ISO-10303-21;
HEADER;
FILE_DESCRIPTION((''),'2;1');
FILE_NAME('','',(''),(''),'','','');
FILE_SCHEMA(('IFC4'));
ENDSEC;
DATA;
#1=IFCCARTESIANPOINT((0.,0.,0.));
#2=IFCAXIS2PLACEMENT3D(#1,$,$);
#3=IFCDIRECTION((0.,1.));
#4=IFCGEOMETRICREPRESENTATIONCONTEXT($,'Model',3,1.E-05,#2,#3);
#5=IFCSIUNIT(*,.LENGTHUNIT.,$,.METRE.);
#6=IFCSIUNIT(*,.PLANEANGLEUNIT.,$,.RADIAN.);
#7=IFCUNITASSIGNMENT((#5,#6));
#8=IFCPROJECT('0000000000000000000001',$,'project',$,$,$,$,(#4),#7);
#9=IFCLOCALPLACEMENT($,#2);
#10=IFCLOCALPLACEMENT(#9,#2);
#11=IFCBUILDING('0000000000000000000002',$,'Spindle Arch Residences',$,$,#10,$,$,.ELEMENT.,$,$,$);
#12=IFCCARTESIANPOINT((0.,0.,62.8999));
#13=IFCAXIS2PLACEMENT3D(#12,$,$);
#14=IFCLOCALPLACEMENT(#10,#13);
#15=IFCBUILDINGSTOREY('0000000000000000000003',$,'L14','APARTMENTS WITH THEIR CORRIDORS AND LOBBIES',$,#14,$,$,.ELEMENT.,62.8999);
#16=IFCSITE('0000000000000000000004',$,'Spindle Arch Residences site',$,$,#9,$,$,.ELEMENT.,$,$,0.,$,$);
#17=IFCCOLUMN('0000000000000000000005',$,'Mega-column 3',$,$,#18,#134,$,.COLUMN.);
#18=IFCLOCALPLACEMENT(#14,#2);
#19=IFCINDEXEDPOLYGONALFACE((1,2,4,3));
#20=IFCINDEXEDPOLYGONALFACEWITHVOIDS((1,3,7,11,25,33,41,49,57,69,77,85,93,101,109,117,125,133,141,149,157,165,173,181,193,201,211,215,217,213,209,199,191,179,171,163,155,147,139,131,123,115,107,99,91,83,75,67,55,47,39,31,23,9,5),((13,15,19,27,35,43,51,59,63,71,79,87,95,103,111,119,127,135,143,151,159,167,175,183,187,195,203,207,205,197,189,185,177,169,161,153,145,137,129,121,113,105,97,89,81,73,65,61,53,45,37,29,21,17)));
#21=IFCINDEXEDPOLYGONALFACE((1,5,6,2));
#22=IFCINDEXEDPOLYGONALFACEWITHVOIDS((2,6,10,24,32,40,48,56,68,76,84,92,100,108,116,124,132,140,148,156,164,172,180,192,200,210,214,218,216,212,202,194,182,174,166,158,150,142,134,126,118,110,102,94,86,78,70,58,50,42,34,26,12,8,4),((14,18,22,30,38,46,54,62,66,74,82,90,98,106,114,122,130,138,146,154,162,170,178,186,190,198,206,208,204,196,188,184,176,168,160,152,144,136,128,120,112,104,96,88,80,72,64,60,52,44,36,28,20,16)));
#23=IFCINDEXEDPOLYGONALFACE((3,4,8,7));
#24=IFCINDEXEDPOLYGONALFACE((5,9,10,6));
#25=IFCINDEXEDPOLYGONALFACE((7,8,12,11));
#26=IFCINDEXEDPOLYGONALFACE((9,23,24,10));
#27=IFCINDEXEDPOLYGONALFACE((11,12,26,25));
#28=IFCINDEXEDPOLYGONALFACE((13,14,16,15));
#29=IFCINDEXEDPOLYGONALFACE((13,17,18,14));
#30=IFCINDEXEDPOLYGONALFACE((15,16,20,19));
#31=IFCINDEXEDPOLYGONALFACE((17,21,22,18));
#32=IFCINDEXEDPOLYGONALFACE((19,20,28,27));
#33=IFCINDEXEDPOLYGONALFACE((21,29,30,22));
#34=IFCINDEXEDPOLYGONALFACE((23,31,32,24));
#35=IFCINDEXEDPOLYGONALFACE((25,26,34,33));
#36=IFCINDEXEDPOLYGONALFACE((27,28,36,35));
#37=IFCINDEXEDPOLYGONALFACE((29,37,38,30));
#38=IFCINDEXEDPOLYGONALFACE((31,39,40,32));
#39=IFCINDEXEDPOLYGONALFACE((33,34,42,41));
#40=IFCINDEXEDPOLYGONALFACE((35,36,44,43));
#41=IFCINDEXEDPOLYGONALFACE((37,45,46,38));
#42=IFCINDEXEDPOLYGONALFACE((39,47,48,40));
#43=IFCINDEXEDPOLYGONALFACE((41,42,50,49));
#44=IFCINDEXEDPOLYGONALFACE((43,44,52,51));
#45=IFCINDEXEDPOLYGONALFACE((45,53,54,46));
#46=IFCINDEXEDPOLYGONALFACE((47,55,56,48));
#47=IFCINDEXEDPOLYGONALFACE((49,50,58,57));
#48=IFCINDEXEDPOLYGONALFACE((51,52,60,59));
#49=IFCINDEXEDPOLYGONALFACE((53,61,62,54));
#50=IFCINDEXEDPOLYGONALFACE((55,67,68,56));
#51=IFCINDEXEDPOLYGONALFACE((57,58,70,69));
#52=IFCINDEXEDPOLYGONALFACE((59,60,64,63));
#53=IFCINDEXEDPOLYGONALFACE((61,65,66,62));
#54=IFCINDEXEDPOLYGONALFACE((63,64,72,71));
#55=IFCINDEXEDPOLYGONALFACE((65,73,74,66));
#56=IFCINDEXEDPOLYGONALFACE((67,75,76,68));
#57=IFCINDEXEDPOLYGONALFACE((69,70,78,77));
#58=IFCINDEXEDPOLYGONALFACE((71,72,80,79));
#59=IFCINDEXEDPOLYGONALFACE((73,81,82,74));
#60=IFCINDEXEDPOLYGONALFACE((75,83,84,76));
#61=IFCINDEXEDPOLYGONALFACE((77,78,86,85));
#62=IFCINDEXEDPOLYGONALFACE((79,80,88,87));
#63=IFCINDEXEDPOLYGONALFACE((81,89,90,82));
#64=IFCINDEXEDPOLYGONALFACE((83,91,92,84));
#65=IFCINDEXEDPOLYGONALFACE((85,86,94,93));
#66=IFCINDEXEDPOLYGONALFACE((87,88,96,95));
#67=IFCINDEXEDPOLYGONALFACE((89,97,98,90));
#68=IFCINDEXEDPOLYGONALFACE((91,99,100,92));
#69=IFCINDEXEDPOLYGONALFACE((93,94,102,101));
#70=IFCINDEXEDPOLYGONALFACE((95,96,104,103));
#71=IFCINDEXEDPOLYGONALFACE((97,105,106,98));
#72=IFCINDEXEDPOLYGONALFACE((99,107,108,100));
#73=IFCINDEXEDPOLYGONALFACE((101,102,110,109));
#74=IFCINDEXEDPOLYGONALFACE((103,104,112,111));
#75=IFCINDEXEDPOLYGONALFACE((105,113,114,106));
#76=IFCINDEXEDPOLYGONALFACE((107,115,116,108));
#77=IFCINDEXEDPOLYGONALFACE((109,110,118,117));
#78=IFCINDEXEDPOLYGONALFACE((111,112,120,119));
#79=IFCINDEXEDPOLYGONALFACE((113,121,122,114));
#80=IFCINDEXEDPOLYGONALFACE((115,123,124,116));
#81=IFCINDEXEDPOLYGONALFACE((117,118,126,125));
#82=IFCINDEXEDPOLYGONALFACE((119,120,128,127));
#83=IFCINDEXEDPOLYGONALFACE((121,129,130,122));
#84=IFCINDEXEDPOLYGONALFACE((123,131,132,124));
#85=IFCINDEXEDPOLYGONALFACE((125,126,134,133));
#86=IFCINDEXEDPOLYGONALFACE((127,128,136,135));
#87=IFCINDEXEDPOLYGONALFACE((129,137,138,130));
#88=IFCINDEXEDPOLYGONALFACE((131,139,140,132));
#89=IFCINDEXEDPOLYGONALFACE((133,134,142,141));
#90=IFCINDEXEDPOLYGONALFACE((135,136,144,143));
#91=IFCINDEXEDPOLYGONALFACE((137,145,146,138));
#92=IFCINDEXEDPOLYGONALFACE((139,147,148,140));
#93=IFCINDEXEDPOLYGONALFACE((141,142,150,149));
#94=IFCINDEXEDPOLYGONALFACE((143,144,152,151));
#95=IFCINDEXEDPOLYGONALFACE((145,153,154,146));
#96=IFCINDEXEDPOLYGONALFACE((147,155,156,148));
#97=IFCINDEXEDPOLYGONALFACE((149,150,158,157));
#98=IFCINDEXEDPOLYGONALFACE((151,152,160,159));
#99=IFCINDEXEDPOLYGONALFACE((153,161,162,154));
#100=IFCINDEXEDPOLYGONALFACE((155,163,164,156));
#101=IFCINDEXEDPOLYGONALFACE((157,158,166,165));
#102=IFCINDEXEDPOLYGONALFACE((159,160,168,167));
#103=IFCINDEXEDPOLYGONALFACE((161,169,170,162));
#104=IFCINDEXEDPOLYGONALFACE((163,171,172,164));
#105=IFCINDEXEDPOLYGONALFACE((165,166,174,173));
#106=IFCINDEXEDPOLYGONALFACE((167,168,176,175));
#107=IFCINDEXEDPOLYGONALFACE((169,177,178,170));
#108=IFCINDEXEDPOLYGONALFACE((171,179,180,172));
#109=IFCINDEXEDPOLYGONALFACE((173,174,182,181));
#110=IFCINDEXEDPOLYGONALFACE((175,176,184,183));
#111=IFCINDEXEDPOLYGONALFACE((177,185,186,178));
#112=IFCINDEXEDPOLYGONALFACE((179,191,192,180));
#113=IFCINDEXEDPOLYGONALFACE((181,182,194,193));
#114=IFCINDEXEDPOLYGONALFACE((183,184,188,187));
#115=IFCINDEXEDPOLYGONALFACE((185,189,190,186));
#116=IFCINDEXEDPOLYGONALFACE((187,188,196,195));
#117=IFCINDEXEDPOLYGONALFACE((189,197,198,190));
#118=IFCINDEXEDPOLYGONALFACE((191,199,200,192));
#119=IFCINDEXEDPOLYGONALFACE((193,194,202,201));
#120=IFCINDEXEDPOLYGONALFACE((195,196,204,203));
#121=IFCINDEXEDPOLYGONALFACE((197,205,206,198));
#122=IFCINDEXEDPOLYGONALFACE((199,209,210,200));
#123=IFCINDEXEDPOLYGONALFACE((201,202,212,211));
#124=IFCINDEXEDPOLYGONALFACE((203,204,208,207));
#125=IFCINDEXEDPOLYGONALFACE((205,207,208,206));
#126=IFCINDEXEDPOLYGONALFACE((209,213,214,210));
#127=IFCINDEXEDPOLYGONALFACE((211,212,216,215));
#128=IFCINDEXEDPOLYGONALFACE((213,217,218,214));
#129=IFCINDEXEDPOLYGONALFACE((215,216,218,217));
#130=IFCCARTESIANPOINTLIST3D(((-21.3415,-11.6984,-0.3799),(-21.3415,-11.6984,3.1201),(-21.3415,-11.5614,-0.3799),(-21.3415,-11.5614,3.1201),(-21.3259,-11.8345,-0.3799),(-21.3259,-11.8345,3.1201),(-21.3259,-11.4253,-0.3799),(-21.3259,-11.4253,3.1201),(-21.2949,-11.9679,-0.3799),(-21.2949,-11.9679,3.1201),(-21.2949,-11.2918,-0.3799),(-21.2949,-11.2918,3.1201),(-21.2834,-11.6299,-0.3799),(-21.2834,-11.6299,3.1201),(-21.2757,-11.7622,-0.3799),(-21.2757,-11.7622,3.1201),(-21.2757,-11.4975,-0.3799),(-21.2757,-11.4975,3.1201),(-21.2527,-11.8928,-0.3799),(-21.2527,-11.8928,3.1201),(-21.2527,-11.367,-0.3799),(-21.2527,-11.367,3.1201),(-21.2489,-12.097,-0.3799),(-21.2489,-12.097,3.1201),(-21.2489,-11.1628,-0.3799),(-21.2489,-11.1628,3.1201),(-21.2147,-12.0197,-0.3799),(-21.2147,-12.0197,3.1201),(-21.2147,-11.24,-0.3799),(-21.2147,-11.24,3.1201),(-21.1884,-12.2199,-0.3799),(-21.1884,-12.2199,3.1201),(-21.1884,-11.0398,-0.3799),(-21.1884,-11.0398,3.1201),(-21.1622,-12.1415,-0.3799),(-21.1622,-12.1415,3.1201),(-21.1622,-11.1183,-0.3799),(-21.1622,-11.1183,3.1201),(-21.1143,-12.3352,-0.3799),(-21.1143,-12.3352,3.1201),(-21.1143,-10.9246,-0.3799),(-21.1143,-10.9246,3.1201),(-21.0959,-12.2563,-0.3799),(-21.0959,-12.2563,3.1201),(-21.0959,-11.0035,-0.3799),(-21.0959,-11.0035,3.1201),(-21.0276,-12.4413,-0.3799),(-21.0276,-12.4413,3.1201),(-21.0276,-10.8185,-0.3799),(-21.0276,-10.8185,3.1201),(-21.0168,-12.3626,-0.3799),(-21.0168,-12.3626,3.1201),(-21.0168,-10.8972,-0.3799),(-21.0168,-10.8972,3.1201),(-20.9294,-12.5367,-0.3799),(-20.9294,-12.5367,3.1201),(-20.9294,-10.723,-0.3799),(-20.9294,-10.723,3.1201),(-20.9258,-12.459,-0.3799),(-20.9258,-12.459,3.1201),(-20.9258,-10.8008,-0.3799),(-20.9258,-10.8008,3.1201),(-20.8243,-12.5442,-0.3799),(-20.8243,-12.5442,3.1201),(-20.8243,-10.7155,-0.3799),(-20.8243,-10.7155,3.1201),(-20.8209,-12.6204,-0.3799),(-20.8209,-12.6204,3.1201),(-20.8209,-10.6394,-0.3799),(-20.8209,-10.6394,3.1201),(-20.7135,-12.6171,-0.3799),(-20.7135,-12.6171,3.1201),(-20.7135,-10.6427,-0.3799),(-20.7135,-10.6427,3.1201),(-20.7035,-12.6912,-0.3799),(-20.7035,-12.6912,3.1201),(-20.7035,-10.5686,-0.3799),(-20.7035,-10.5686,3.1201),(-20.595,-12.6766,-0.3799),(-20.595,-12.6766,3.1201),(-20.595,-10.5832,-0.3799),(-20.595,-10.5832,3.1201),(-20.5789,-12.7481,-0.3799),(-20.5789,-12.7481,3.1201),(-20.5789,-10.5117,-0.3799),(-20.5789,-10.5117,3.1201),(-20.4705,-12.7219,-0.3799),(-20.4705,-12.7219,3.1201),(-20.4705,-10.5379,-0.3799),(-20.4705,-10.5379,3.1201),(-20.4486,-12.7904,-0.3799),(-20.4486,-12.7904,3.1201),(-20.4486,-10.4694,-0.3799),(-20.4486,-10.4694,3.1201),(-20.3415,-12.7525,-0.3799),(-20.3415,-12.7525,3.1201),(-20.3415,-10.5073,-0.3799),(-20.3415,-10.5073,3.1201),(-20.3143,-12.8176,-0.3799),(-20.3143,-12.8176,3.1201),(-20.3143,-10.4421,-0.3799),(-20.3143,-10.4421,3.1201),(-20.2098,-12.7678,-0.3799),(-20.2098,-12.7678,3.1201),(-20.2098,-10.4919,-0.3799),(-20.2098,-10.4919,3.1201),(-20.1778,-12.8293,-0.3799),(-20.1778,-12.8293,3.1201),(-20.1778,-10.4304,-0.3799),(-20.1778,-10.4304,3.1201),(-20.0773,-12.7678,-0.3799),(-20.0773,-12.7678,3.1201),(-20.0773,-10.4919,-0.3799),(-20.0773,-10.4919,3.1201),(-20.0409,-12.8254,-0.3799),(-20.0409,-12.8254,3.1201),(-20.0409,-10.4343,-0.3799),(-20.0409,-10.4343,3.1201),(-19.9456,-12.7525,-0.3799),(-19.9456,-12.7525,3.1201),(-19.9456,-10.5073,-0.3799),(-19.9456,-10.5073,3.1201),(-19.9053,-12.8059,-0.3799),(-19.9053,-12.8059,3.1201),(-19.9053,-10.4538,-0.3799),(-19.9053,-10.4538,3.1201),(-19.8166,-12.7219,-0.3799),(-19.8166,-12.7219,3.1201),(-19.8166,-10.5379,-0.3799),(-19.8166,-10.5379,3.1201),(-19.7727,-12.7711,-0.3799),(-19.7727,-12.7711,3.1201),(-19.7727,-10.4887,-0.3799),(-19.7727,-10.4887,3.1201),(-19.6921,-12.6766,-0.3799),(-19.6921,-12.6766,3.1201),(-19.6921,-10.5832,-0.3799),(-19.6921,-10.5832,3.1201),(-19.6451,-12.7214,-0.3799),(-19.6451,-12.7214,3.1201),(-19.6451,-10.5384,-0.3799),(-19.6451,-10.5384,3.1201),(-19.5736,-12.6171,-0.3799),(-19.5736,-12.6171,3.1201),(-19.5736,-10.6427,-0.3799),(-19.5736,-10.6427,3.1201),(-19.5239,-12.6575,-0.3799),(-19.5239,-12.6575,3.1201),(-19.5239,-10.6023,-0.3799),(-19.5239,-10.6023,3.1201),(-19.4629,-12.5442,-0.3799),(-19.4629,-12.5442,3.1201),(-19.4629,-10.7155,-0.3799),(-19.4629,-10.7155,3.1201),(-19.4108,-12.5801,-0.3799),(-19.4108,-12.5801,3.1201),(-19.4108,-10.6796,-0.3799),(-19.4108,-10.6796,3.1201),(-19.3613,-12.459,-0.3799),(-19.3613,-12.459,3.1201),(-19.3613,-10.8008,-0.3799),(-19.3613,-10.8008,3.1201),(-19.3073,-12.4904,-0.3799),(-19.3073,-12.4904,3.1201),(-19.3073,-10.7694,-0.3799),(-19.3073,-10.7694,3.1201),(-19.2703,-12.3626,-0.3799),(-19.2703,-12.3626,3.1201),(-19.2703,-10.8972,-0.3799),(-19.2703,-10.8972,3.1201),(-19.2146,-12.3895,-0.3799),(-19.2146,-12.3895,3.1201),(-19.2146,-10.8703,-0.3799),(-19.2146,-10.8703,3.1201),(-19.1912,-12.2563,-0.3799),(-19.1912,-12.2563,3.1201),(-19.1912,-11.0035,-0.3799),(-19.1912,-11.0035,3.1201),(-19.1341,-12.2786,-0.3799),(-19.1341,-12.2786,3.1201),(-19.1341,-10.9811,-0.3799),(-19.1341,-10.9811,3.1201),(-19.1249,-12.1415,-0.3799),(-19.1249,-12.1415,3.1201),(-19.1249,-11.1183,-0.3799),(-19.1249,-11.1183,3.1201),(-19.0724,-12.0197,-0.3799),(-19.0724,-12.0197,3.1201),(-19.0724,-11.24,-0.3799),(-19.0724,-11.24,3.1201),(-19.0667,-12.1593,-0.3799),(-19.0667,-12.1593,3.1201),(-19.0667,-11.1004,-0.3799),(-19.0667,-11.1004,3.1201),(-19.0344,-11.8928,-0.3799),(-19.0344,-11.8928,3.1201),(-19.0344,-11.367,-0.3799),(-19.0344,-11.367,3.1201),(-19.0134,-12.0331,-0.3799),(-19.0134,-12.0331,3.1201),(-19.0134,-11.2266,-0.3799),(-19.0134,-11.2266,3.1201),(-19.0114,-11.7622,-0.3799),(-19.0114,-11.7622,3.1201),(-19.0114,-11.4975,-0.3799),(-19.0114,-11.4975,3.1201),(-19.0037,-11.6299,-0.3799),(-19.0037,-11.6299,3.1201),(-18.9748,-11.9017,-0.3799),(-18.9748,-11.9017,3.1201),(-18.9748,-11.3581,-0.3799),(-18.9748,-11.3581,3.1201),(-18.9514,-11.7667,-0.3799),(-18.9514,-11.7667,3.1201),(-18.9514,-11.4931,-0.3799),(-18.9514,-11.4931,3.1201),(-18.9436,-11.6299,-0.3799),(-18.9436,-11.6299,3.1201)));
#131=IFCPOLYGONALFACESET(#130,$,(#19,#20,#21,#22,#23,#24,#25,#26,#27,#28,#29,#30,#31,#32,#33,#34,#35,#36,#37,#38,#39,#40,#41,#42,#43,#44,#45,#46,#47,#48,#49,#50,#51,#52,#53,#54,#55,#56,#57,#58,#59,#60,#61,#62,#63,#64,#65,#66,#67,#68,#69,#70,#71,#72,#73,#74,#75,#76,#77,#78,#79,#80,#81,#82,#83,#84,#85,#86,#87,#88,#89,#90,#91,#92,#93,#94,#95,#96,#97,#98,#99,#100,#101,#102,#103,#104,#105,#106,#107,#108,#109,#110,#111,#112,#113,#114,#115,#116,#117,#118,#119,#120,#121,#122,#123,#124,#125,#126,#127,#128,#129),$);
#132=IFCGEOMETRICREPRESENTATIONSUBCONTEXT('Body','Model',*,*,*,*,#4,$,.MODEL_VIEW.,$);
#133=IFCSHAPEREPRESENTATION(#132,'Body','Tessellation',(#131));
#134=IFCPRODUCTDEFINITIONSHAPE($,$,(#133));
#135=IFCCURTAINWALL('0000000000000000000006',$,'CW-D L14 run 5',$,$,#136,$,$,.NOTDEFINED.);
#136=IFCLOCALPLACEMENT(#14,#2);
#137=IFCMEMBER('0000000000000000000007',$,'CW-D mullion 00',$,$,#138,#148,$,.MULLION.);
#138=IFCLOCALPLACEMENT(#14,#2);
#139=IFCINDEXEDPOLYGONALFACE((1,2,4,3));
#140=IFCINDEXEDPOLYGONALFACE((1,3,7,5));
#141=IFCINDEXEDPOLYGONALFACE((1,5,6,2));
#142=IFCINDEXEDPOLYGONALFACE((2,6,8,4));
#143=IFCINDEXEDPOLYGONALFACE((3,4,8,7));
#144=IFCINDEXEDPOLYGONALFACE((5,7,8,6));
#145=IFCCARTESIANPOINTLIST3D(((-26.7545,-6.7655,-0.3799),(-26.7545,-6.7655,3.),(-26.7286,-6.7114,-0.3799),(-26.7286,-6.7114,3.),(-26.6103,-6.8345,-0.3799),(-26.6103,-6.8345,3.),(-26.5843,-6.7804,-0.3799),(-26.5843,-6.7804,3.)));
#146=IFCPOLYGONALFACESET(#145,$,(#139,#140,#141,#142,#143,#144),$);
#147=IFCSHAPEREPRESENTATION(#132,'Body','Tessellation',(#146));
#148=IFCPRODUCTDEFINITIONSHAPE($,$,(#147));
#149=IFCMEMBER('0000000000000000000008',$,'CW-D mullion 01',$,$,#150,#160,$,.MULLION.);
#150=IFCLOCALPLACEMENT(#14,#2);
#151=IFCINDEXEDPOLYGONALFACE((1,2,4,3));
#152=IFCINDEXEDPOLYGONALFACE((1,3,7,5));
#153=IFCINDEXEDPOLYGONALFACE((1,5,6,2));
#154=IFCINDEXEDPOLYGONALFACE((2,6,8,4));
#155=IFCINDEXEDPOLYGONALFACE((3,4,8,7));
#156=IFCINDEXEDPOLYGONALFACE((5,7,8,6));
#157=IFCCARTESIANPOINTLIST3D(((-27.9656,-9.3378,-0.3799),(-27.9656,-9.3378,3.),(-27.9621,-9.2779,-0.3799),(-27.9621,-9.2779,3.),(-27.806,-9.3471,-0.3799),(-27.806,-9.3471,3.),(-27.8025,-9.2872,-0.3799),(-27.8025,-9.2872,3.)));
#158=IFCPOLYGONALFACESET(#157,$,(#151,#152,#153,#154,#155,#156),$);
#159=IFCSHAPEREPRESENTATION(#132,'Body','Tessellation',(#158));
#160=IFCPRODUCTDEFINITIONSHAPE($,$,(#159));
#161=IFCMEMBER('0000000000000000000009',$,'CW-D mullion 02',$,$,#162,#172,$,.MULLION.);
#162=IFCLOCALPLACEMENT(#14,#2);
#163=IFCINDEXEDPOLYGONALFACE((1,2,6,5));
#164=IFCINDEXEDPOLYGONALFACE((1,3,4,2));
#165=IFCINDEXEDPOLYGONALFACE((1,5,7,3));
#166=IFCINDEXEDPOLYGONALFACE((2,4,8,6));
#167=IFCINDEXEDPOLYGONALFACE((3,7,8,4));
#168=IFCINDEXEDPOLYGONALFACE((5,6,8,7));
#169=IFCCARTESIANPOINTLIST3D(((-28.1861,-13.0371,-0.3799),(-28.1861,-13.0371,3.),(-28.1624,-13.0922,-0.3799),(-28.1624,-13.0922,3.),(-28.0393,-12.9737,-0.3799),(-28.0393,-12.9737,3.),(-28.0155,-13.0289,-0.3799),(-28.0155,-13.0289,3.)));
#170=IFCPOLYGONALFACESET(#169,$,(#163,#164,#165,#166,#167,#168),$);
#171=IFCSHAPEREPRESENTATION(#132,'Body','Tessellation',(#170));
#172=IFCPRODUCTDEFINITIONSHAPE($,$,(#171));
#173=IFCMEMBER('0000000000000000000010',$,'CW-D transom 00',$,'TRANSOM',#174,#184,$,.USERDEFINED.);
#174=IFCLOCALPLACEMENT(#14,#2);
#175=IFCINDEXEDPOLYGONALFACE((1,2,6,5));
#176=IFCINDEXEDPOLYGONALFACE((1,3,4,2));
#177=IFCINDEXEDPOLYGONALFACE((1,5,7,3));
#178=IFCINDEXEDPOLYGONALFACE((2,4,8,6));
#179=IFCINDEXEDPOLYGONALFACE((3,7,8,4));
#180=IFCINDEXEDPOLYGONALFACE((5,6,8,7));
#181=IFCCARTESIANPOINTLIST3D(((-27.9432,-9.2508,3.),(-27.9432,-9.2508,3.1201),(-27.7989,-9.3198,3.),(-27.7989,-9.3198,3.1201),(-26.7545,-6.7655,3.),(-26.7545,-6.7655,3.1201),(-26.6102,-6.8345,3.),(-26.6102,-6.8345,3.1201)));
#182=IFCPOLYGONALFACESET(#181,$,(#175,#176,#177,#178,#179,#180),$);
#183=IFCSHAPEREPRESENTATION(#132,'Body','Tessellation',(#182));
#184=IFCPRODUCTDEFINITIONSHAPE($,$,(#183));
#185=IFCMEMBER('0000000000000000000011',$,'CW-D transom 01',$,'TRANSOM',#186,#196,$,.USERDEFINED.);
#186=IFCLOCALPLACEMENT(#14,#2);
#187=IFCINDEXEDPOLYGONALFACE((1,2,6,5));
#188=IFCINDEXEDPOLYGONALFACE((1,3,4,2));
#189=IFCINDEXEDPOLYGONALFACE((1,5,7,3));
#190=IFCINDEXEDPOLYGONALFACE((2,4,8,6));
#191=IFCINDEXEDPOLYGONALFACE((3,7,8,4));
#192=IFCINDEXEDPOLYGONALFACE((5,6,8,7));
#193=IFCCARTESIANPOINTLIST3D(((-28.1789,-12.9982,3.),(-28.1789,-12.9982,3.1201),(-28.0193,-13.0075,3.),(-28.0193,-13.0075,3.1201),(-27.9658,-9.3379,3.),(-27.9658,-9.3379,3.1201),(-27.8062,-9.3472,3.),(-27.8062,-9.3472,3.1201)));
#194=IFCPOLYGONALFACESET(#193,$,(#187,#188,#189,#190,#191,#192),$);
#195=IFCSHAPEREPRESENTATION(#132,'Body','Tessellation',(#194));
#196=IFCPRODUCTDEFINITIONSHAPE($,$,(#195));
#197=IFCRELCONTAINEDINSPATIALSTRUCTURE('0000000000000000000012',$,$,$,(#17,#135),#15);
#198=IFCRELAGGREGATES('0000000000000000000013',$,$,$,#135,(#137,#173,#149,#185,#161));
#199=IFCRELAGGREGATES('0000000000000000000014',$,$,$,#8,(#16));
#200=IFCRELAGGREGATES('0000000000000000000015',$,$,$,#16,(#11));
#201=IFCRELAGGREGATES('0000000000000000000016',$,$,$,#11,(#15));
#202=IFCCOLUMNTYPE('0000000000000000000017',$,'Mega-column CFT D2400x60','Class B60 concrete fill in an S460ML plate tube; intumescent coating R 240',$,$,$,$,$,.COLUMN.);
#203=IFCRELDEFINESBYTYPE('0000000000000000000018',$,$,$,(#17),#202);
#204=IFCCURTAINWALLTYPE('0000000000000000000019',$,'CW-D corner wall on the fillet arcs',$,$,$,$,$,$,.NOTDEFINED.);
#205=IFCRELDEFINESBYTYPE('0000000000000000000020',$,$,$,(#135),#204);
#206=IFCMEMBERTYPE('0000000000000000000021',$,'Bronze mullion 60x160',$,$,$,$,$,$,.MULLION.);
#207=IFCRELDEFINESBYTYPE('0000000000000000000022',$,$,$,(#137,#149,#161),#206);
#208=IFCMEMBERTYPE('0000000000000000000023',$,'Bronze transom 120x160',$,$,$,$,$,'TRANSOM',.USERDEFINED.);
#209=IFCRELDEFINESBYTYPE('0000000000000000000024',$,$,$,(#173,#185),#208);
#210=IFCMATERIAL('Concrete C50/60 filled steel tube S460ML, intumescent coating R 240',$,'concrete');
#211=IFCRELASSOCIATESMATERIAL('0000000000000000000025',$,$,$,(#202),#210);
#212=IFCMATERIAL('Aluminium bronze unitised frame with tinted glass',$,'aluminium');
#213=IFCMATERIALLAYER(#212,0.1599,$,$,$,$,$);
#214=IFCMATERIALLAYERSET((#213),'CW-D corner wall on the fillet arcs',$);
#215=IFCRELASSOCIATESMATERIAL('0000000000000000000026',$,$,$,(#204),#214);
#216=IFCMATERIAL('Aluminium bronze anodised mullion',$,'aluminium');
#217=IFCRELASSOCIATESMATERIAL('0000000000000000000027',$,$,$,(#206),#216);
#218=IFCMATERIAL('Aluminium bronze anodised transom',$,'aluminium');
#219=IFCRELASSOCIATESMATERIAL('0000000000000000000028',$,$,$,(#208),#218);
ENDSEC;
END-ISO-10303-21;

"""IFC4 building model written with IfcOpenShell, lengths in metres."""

from ifc_helpers import new_model, si_unit, direction, frame, origin, origin_2d, place, context, subcontext, project, spatial, rectangle, hollow_circle, extrude, material, layer, layer_set, material_profile, profile_set, type_object, element, aggregate, save


model = new_model("IFC4")

# Units and contexts
model_context = context("Model", 3, precision=1e-05, world=origin(), true_north=direction((0.0, 1.0)))
body_context = subcontext(model_context, "Body", "Model", "MODEL_VIEW")
ifc_project = project(units=[si_unit("LENGTHUNIT", "METRE"), si_unit("PLANEANGLEUNIT", "RADIAN")], contexts=[model_context])

# Site, building, storey
site_placement = place(None, origin())
site = spatial("IfcSite", under=ifc_project, at=site_placement, Name="Spindle Arch Residences site", CompositionType="ELEMENT", RefElevation=0.0)
building_placement = place(site_placement, origin())
building = spatial("IfcBuilding", under=site, at=building_placement, Name="Spindle Arch Residences", CompositionType="ELEMENT")
storey_placement = place(building_placement, frame((0.0, 0.0, 62.8999)))
storey = spatial("IfcBuildingStorey", under=building, at=storey_placement, Name="L14", Description="APARTMENTS WITH THEIR CORRIDORS AND LOBBIES", CompositionType="ELEMENT", Elevation=62.8999)

# Column
ifc_material_1 = material(Name="Concrete C50/60 filled steel tube S460ML, intumescent coating R 240", Category="concrete")
ifc_material_profile_1 = material_profile(ifc_material_1, hollow_circle(Radius=1.2, WallThickness=0.0601, at=origin_2d()), Name="CFT D2400x60")
ifc_profile_set_1 = profile_set([ifc_material_profile_1], Name="Concrete C50/60 filled steel tube S460ML, intumescent coating R 240")
column_type_1 = type_object("IfcColumnType", Name="Mega-column CFT D2400x60", Description="Class B60 concrete fill in an S460ML plate tube; intumescent coating R 240", PredefinedType="COLUMN", material=ifc_profile_set_1)
column_placement = place(storey_placement, frame((-20.1436, -11.6299, -0.3799), z_axis=(0.0, 0.0, 1.0), x_axis=(1.0, 0.0, 0.0)))
element("IfcColumn", 1, at=column_placement, inside=storey, type_object=column_type_1, Name="Mega-column 3", PredefinedType="COLUMN", context=body_context, shape_type="SweptSolid", body=[
    extrude(hollow_circle(Radius=1.2, WallThickness=0.0601, at=origin_2d()), origin(), (0.0, 0.0, 1.0), 3.5),
])

# Curtain wall, members
ifc_material_2 = material(Name="Aluminium bronze unitised frame with tinted glass", Category="aluminium")
ifc_layer_1 = layer(ifc_material_2, 0.1599)
ifc_layer_set_1 = layer_set([ifc_layer_1], Name="CW-D corner wall on the fillet arcs")
curtain_wall_type_1 = type_object("IfcCurtainWallType", Name="CW-D corner wall on the fillet arcs", PredefinedType="NOTDEFINED", material=ifc_layer_set_1)
curtain_wall_1_placement = place(storey_placement, origin())
curtain_wall_1 = element("IfcCurtainWall", 2, at=curtain_wall_1_placement, inside=storey, type_object=curtain_wall_type_1, Name="CW-D L14 run 5", PredefinedType="NOTDEFINED")
ifc_material_3 = material(Name="Aluminium bronze anodised mullion", Category="aluminium")
ifc_material_profile_2 = material_profile(ifc_material_3, rectangle(XDim=0.1599, YDim=0.0601, at=origin_2d()), Name="MU 60x160")
ifc_profile_set_2 = profile_set([ifc_material_profile_2], Name="Aluminium bronze anodised mullion")
member_type_1 = type_object("IfcMemberType", Name="Bronze mullion 60x160", PredefinedType="MULLION", material=ifc_profile_set_2)
member_1_placement = place(storey_placement, frame((-26.6694, -6.7729, -0.3799), z_axis=(0.0, 0.0, 1.0), x_axis=(0.902112, -0.431502, 0.0)))
member_1 = element("IfcMember", 3, at=member_1_placement, type_object=member_type_1, Name="CW-D mullion 00", PredefinedType="MULLION", context=body_context, shape_type="SweptSolid", body=[
    extrude(rectangle(XDim=0.1599, YDim=0.0601, at=origin_2d()), origin(), (0.0, 0.0, 1.0), 3.3799),
])
member_2_placement = place(storey_placement, frame((-27.884, -9.3125, -0.3799), z_axis=(0.0, 0.0, 1.0), x_axis=(0.998308, -0.058145, 0.0)))
member_2 = element("IfcMember", 4, at=member_2_placement, type_object=member_type_1, Name="CW-D mullion 01", PredefinedType="MULLION", context=body_context, shape_type="SweptSolid", body=[
    extrude(rectangle(XDim=0.1599, YDim=0.0601, at=origin_2d()), origin(), (0.0, 0.0, 1.0), 3.3799),
])
member_3_placement = place(storey_placement, frame((-28.1008, -13.033, -0.3799), z_axis=(0.0, 0.0, 1.0), x_axis=(0.918216, 0.39608, 0.0)))
member_3 = element("IfcMember", 5, at=member_3_placement, type_object=member_type_1, Name="CW-D mullion 02", PredefinedType="MULLION", context=body_context, shape_type="SweptSolid", body=[
    extrude(rectangle(XDim=0.1599, YDim=0.0601, at=origin_2d()), origin(), (0.0, 0.0, 1.0), 3.3799),
])
ifc_material_4 = material(Name="Aluminium bronze anodised transom", Category="aluminium")
ifc_material_profile_3 = material_profile(ifc_material_4, rectangle(XDim=0.1599, YDim=0.1201, at=origin_2d()), Name="TR 120x160")
ifc_profile_set_3 = profile_set([ifc_material_profile_3], Name="Aluminium bronze anodised transom")
member_type_2 = type_object("IfcMemberType", Name="Bronze transom 120x160", ElementType="TRANSOM", PredefinedType="USERDEFINED", material=ifc_profile_set_3)
member_4_placement = place(storey_placement, frame((-26.6824, -6.8, 3.0601), z_axis=(-0.431477, -0.902124, 0.0), x_axis=(0.902124, -0.431477, 0.0)))
member_4 = element("IfcMember", 6, at=member_4_placement, type_object=member_type_2, Name="CW-D transom 00", ObjectType="TRANSOM", PredefinedType="USERDEFINED", context=body_context, shape_type="SweptSolid", body=[
    extrude(rectangle(XDim=0.1599, YDim=0.1201, at=origin_2d()), origin(), (0.0, 0.0, 1.0), 2.7549),
])
member_5_placement = place(storey_placement, frame((-27.886, -9.3425, 3.0601), z_axis=(-0.058129, -0.998309, 0.0), x_axis=(0.998309, -0.058129, 0.0)))
member_5 = element("IfcMember", 7, at=member_5_placement, type_object=member_type_2, Name="CW-D transom 01", ObjectType="TRANSOM", PredefinedType="USERDEFINED", context=body_context, shape_type="SweptSolid", body=[
    extrude(rectangle(XDim=0.1599, YDim=0.1201, at=origin_2d()), origin(), (0.0, 0.0, 1.0), 3.6665),
])

aggregate(curtain_wall_1, [member_1, member_4, member_2, member_5, member_3])

save(model, "model.ifc")
